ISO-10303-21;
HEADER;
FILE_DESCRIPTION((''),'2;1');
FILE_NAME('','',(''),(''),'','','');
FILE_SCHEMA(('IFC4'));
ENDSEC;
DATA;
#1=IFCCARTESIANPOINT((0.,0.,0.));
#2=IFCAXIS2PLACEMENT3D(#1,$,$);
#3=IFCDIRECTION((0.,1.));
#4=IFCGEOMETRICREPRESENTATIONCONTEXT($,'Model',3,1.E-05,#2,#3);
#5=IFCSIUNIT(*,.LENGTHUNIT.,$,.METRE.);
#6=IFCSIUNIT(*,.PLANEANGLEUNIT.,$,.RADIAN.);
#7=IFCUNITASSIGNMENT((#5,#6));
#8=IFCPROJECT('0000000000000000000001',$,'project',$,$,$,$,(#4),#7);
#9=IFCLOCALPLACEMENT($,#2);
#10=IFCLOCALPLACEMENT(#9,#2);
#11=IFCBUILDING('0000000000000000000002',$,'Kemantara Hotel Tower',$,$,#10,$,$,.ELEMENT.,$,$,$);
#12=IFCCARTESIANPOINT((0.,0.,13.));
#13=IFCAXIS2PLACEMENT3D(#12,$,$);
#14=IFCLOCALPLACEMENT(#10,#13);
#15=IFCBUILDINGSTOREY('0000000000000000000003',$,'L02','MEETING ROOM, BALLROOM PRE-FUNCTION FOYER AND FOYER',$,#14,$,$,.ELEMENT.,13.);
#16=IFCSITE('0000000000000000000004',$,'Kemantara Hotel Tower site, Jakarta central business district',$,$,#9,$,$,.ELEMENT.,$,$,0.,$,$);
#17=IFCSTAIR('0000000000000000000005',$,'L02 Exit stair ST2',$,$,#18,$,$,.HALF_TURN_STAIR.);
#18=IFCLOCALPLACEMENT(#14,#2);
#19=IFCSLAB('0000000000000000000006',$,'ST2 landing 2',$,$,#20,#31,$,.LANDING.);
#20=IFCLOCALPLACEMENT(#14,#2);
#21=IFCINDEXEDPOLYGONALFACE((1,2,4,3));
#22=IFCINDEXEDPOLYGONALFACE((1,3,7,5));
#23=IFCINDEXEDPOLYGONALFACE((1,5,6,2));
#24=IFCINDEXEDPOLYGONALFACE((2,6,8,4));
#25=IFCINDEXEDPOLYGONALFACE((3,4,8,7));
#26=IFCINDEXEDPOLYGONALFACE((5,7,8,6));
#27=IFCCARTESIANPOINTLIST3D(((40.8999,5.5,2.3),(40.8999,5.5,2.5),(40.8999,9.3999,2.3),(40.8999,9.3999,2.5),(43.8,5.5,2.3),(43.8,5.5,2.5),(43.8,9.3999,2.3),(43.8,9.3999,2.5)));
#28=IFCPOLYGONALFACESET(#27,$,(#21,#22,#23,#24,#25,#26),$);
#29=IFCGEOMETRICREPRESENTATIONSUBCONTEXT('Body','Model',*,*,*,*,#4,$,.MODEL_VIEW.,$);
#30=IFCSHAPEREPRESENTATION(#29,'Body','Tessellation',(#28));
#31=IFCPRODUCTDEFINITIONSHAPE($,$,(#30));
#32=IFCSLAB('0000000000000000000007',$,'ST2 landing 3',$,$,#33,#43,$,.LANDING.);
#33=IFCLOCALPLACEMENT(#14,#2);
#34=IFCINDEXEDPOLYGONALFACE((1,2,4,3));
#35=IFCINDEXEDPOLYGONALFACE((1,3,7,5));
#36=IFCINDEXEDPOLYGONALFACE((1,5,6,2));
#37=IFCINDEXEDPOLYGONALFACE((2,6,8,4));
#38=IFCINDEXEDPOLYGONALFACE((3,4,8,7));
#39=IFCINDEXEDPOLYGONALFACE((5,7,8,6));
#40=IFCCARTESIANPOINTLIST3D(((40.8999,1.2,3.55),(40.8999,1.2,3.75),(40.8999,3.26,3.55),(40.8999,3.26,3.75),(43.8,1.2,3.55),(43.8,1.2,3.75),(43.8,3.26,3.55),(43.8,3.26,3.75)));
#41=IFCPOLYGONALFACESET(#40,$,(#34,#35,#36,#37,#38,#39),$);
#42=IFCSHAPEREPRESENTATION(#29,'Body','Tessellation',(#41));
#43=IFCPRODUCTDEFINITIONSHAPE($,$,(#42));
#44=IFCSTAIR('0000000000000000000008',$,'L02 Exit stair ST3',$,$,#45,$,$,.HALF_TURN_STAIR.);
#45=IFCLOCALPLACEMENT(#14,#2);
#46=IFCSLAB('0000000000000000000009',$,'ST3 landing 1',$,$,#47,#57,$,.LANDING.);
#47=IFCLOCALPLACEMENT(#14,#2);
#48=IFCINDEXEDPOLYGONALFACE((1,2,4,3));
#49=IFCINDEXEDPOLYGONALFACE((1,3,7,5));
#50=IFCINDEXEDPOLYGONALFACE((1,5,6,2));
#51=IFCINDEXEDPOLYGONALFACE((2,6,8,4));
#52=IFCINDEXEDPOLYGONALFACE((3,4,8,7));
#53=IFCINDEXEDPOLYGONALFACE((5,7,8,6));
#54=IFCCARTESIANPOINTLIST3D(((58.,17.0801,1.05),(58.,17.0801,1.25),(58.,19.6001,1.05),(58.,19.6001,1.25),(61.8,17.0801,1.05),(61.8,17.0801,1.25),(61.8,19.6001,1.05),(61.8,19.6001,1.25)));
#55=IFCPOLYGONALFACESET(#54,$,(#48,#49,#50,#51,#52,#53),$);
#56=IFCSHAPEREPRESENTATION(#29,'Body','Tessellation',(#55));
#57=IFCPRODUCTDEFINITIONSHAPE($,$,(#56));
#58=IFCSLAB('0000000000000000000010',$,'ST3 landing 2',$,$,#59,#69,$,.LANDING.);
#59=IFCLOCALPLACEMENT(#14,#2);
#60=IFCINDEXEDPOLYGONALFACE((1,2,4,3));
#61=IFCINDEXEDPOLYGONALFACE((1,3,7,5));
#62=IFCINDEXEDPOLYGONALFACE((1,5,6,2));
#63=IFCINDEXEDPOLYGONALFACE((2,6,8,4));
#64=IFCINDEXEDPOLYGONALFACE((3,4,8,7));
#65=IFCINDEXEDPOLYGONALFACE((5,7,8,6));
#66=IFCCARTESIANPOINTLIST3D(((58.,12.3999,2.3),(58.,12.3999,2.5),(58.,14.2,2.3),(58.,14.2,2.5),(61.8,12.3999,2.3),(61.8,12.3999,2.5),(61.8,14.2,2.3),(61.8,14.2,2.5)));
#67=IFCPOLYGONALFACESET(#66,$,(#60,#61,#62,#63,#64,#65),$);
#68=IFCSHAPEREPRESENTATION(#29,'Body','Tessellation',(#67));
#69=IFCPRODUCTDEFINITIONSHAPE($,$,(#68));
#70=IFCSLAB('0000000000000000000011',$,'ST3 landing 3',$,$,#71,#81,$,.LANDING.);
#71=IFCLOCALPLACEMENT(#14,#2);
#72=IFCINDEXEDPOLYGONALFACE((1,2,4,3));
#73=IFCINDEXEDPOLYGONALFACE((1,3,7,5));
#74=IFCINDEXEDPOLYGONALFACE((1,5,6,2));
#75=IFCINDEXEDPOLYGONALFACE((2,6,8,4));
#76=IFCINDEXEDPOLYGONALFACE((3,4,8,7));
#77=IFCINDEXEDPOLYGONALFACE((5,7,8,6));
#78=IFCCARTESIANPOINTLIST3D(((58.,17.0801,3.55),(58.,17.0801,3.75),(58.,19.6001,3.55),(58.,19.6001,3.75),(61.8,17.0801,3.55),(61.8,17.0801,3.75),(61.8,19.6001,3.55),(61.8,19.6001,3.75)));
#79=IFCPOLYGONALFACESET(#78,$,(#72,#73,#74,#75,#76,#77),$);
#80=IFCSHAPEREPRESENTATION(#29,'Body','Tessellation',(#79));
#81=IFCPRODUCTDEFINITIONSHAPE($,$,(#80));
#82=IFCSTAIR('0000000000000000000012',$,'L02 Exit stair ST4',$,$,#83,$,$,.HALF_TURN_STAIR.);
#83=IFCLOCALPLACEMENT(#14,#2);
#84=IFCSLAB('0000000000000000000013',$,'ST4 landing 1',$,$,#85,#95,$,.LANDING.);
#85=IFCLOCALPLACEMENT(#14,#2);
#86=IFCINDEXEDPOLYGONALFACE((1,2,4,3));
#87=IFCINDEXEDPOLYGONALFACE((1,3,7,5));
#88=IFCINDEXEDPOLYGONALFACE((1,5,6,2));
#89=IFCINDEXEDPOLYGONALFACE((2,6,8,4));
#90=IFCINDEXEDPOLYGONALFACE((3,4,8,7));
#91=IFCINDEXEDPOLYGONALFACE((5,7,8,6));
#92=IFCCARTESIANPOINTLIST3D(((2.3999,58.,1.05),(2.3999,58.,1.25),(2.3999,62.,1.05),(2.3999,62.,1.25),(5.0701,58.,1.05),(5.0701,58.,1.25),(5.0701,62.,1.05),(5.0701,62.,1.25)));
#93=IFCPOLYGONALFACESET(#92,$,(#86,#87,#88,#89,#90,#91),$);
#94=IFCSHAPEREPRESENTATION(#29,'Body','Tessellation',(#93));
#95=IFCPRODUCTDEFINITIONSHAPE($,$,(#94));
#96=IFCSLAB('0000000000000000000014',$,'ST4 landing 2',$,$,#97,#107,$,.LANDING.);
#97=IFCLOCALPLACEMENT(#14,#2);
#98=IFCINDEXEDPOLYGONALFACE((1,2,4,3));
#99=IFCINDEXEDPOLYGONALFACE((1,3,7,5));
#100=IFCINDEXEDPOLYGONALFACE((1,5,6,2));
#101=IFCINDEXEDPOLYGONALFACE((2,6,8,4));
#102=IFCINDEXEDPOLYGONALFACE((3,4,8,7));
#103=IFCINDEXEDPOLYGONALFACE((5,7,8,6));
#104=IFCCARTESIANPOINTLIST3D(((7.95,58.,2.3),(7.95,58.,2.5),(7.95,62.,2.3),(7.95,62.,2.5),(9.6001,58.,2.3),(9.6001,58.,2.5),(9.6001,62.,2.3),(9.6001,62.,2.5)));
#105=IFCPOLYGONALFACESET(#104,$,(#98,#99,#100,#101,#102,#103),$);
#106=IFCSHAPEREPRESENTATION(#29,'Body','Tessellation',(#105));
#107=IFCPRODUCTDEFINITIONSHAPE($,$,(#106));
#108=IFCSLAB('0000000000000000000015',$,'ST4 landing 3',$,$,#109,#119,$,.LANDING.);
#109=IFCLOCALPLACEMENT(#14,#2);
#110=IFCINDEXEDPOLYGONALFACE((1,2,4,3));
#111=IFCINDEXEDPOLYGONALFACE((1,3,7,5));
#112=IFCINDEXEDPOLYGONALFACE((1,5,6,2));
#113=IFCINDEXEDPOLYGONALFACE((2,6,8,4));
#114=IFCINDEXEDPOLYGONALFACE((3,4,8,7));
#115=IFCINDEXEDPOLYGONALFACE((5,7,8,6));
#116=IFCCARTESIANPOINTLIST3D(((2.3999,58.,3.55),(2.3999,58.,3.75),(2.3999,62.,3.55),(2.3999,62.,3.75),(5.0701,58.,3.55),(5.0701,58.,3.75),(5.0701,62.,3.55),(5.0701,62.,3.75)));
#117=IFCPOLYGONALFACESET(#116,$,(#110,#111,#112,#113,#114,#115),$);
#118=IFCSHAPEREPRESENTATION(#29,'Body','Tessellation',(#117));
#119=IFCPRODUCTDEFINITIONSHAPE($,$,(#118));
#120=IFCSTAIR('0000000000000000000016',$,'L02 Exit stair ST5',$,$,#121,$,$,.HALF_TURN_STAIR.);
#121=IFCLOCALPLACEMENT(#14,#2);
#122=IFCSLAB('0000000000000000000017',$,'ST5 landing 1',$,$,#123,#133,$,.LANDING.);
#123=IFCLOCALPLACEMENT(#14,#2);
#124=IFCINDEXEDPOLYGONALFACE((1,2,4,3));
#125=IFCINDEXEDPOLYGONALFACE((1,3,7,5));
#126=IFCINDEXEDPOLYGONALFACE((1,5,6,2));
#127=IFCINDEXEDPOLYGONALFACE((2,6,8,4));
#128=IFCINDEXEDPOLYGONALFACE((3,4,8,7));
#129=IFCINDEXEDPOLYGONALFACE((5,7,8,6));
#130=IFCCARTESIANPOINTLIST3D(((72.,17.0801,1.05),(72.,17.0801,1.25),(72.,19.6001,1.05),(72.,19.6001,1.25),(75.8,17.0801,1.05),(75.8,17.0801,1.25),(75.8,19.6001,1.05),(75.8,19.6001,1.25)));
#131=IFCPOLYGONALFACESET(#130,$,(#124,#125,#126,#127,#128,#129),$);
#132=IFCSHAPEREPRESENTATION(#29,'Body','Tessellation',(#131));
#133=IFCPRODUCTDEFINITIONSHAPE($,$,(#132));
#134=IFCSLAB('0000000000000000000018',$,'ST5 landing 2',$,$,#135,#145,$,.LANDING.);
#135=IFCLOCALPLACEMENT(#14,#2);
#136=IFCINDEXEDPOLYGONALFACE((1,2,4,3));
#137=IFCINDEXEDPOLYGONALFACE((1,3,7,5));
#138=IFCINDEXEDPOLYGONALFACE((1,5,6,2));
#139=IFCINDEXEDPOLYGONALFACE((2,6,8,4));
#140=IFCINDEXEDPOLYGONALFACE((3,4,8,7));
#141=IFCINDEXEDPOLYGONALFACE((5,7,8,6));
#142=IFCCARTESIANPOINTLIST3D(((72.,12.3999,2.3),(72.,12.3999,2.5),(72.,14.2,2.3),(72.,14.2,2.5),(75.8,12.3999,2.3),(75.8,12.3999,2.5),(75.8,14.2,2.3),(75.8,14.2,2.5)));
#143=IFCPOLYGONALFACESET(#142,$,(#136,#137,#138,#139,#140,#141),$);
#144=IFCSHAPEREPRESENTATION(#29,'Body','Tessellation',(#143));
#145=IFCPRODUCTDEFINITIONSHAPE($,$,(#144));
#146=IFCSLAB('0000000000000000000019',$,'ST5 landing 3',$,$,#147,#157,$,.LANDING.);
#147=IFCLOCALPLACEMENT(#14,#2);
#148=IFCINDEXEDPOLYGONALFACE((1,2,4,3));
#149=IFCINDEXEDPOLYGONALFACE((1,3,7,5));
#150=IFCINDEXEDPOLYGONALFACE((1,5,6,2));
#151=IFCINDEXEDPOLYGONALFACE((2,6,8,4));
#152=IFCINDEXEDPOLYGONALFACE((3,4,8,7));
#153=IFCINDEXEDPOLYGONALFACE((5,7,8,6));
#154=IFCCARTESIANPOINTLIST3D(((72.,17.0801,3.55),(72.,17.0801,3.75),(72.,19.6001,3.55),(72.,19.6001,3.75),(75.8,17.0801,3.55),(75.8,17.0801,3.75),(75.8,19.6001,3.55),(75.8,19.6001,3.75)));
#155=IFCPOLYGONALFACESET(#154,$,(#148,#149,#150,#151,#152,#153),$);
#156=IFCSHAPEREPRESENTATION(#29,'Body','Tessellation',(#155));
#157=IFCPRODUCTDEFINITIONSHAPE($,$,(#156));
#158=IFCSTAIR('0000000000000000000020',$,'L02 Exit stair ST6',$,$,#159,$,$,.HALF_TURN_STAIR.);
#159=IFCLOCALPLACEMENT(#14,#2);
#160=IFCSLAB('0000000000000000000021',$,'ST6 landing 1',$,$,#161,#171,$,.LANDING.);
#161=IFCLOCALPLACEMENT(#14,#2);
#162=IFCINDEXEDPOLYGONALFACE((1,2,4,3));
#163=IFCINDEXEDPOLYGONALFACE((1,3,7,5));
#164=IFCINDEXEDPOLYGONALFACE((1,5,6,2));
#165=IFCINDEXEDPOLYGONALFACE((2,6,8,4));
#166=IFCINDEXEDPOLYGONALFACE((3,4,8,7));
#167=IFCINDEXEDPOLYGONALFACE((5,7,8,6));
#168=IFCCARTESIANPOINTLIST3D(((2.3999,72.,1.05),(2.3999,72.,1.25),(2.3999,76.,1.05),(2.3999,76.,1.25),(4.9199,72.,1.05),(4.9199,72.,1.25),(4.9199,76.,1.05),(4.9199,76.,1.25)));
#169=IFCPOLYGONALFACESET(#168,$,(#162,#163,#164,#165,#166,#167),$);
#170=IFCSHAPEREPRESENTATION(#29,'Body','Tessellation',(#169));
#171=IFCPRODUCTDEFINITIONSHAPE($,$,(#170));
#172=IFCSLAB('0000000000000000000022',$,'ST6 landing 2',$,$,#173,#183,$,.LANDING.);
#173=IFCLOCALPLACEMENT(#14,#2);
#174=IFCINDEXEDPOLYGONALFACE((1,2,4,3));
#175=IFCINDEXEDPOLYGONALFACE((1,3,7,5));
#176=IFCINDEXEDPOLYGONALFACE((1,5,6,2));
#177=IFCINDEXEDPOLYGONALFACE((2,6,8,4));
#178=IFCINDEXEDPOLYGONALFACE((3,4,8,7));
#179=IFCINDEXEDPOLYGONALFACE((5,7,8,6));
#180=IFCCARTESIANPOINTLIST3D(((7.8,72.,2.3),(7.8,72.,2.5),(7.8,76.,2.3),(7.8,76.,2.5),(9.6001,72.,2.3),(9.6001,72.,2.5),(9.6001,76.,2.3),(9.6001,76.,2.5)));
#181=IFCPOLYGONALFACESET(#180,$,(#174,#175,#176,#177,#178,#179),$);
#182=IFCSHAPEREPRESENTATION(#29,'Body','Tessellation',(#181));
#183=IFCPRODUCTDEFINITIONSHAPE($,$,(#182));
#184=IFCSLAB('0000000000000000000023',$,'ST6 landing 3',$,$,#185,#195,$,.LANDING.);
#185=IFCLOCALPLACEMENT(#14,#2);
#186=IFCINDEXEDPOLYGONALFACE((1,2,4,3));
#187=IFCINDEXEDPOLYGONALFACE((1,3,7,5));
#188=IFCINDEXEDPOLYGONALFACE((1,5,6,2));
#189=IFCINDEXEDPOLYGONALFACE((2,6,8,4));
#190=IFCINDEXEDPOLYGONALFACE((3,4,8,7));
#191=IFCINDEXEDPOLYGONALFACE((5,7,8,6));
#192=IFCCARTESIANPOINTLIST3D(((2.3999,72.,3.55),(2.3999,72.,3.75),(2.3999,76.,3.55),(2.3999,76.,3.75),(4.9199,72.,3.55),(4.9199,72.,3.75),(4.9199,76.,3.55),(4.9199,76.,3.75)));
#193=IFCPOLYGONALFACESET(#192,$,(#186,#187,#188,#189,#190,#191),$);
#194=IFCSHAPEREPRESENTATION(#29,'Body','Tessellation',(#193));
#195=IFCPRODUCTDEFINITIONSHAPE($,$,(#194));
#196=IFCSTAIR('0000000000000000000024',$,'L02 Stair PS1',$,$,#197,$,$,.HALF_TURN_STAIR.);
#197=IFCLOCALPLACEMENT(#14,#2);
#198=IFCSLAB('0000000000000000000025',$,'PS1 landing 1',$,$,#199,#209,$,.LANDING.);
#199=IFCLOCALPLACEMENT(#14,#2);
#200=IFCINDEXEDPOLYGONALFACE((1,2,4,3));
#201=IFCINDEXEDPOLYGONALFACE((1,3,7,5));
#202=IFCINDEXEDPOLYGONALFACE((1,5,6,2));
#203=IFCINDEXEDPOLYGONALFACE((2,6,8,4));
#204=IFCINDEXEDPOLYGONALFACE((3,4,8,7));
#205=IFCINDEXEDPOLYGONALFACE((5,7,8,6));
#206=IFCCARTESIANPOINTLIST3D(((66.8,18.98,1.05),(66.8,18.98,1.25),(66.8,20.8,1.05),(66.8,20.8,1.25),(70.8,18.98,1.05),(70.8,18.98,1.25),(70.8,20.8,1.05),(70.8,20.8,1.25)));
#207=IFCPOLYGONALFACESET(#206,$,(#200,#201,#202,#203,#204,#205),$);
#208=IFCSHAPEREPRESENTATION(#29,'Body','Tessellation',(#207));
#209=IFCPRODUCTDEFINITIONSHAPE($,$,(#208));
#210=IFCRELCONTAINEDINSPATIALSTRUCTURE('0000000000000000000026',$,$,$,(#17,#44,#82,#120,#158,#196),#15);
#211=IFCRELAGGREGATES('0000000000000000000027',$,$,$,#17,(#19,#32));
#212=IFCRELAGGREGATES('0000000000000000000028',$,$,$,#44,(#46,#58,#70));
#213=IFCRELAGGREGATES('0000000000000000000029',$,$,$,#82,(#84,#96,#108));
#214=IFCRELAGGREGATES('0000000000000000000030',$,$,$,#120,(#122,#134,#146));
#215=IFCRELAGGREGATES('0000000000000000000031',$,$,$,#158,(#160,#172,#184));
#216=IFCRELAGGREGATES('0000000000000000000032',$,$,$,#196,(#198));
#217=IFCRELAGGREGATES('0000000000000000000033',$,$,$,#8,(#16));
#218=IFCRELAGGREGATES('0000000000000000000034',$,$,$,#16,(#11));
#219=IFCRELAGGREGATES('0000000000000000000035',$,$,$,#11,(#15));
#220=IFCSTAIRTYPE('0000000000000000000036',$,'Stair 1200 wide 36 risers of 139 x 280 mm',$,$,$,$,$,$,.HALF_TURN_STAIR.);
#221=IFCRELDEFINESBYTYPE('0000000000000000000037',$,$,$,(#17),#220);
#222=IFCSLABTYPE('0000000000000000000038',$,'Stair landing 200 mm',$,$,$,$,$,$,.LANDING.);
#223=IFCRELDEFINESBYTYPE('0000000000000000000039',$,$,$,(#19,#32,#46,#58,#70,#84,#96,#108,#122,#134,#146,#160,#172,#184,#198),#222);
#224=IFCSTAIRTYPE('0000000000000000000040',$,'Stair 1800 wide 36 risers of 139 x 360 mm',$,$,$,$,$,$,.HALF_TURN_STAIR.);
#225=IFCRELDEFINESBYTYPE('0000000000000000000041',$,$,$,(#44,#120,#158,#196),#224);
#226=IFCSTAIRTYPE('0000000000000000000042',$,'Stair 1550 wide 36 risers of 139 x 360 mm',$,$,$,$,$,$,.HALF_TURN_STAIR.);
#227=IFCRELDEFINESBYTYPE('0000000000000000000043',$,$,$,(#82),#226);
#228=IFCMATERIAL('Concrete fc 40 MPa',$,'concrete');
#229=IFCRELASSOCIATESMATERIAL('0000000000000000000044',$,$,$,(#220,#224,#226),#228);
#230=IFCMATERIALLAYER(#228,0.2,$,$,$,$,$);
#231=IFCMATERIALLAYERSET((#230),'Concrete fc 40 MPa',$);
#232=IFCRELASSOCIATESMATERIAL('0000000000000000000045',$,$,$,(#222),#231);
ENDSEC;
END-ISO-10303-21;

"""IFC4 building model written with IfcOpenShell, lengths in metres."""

from ifc_helpers import new_model, si_unit, direction, frame, origin, place, context, subcontext, project, spatial, polyline, outline, extrude, material, layer, layer_set, type_object, element, aggregate, save


model = new_model("IFC4")

# Units and contexts
model_context = context("Model", 3, precision=1e-05, world=origin(), true_north=direction((0.0, 1.0)))
body_context = subcontext(model_context, "Body", "Model", "MODEL_VIEW")
ifc_project = project(units=[si_unit("LENGTHUNIT", "METRE"), si_unit("PLANEANGLEUNIT", "RADIAN")], contexts=[model_context])

# Site, building, storey
site_placement = place(None, origin())
site = spatial("IfcSite", under=ifc_project, at=site_placement, Name="Kemantara Hotel Tower site, Jakarta central business district", CompositionType="ELEMENT", RefElevation=0.0)
building_placement = place(site_placement, origin())
building = spatial("IfcBuilding", under=site, at=building_placement, Name="Kemantara Hotel Tower", CompositionType="ELEMENT")
storey_placement = place(building_placement, frame((0.0, 0.0, 13.0)))
storey = spatial("IfcBuildingStorey", under=building, at=storey_placement, Name="L02", Description="MEETING ROOM, BALLROOM PRE-FUNCTION FOYER AND FOYER", CompositionType="ELEMENT", Elevation=13.0)

# Shared definitions
ifc_material = material(Name="Concrete fc 40 MPa", Category="concrete")

# Stairs, slabs
stair_type_1 = type_object("IfcStairType", Name="Stair 1200 wide 36 risers of 139 x 280 mm", PredefinedType="HALF_TURN_STAIR", material=ifc_material)
ifc_layer_1 = layer(ifc_material, 0.2)
ifc_layer_set_1 = layer_set([ifc_layer_1], Name="Concrete fc 40 MPa")
slab_type_1 = type_object("IfcSlabType", Name="Stair landing 200 mm", PredefinedType="LANDING", material=ifc_layer_set_1)
stair_1_placement = place(storey_placement, origin())
stair_1 = element("IfcStair", 1, at=stair_1_placement, inside=storey, type_object=stair_type_1, Name="L02 Exit stair ST2", PredefinedType="HALF_TURN_STAIR")
slab_1_placement = place(storey_placement, frame((0.0, 0.0, 2.3)))
slab_1 = element("IfcSlab", 2, at=slab_1_placement, type_object=slab_type_1, Name="ST2 landing 2", PredefinedType="LANDING", context=body_context, shape_type="SweptSolid", body=[
    extrude(outline(polyline([(40.8999, 9.3999), (40.8999, 5.5), (43.8, 5.5), (43.8, 9.3999), (40.8999, 9.3999)])), origin(), (0.0, 0.0, 1.0), 0.2),
])
slab_2_placement = place(storey_placement, frame((0.0, 0.0, 3.55)))
slab_2 = element("IfcSlab", 3, at=slab_2_placement, type_object=slab_type_1, Name="ST2 landing 3", PredefinedType="LANDING", context=body_context, shape_type="SweptSolid", body=[
    extrude(outline(polyline([(40.8999, 3.26), (40.8999, 1.2), (43.8, 1.2), (43.8, 3.26), (40.8999, 3.26)])), origin(), (0.0, 0.0, 1.0), 0.2),
])
aggregate(stair_1, [slab_1, slab_2])
stair_type_2 = type_object("IfcStairType", Name="Stair 1800 wide 36 risers of 139 x 360 mm", PredefinedType="HALF_TURN_STAIR", material=ifc_material)
stair_2_placement = place(storey_placement, origin())
stair_2 = element("IfcStair", 4, at=stair_2_placement, inside=storey, type_object=stair_type_2, Name="L02 Exit stair ST3", PredefinedType="HALF_TURN_STAIR")
slab_3_placement = place(storey_placement, frame((0.0, 0.0, 1.05)))
slab_3 = element("IfcSlab", 5, at=slab_3_placement, type_object=slab_type_1, Name="ST3 landing 1", PredefinedType="LANDING", context=body_context, shape_type="SweptSolid", body=[
    extrude(outline(polyline([(61.8, 17.0801), (61.8, 19.6001), (58.0, 19.6001), (58.0, 17.0801), (61.8, 17.0801)])), origin(), (0.0, 0.0, 1.0), 0.2),
])
slab_4_placement = place(storey_placement, frame((0.0, 0.0, 2.3)))
slab_4 = element("IfcSlab", 6, at=slab_4_placement, type_object=slab_type_1, Name="ST3 landing 2", PredefinedType="LANDING", context=body_context, shape_type="SweptSolid", body=[
    extrude(outline(polyline([(61.8, 12.3999), (61.8, 14.2), (58.0, 14.2), (58.0, 12.3999), (61.8, 12.3999)])), origin(), (0.0, 0.0, 1.0), 0.2),
])
slab_5_placement = place(storey_placement, frame((0.0, 0.0, 3.55)))
slab_5 = element("IfcSlab", 7, at=slab_5_placement, type_object=slab_type_1, Name="ST3 landing 3", PredefinedType="LANDING", context=body_context, shape_type="SweptSolid", body=[
    extrude(outline(polyline([(61.8, 17.0801), (61.8, 19.6001), (58.0, 19.6001), (58.0, 17.0801), (61.8, 17.0801)])), origin(), (0.0, 0.0, 1.0), 0.2),
])
aggregate(stair_2, [slab_3, slab_4, slab_5])
stair_type_3 = type_object("IfcStairType", Name="Stair 1550 wide 36 risers of 139 x 360 mm", PredefinedType="HALF_TURN_STAIR", material=ifc_material)
stair_3_placement = place(storey_placement, origin())
stair_3 = element("IfcStair", 8, at=stair_3_placement, inside=storey, type_object=stair_type_3, Name="L02 Exit stair ST4", PredefinedType="HALF_TURN_STAIR")
slab_6_placement = place(storey_placement, frame((0.0, 0.0, 1.05)))
slab_6 = element("IfcSlab", 9, at=slab_6_placement, type_object=slab_type_1, Name="ST4 landing 1", PredefinedType="LANDING", context=body_context, shape_type="SweptSolid", body=[
    extrude(outline(polyline([(5.0701, 62.0), (2.3999, 62.0), (2.3999, 58.0), (5.0701, 58.0), (5.0701, 62.0)])), origin(), (0.0, 0.0, 1.0), 0.2),
])
slab_7_placement = place(storey_placement, frame((0.0, 0.0, 2.3)))
slab_7 = element("IfcSlab", 10, at=slab_7_placement, type_object=slab_type_1, Name="ST4 landing 2", PredefinedType="LANDING", context=body_context, shape_type="SweptSolid", body=[
    extrude(outline(polyline([(9.6001, 62.0), (7.95, 62.0), (7.95, 58.0), (9.6001, 58.0), (9.6001, 62.0)])), origin(), (0.0, 0.0, 1.0), 0.2),
])
slab_8_placement = place(storey_placement, frame((0.0, 0.0, 3.55)))
slab_8 = element("IfcSlab", 11, at=slab_8_placement, type_object=slab_type_1, Name="ST4 landing 3", PredefinedType="LANDING", context=body_context, shape_type="SweptSolid", body=[
    extrude(outline(polyline([(5.0701, 62.0), (2.3999, 62.0), (2.3999, 58.0), (5.0701, 58.0), (5.0701, 62.0)])), origin(), (0.0, 0.0, 1.0), 0.2),
])
aggregate(stair_3, [slab_6, slab_7, slab_8])
stair_4_placement = place(storey_placement, origin())
stair_4 = element("IfcStair", 12, at=stair_4_placement, inside=storey, type_object=stair_type_2, Name="L02 Exit stair ST5", PredefinedType="HALF_TURN_STAIR")
slab_9_placement = place(storey_placement, frame((0.0, 0.0, 1.05)))
slab_9 = element("IfcSlab", 13, at=slab_9_placement, type_object=slab_type_1, Name="ST5 landing 1", PredefinedType="LANDING", context=body_context, shape_type="SweptSolid", body=[
    extrude(outline(polyline([(75.8, 17.0801), (75.8, 19.6001), (72.0, 19.6001), (72.0, 17.0801), (75.8, 17.0801)])), origin(), (0.0, 0.0, 1.0), 0.2),
])
slab_10_placement = place(storey_placement, frame((0.0, 0.0, 2.3)))
slab_10 = element("IfcSlab", 14, at=slab_10_placement, type_object=slab_type_1, Name="ST5 landing 2", PredefinedType="LANDING", context=body_context, shape_type="SweptSolid", body=[
    extrude(outline(polyline([(75.8, 12.3999), (75.8, 14.2), (72.0, 14.2), (72.0, 12.3999), (75.8, 12.3999)])), origin(), (0.0, 0.0, 1.0), 0.2),
])
slab_11_placement = place(storey_placement, frame((0.0, 0.0, 3.55)))
slab_11 = element("IfcSlab", 15, at=slab_11_placement, type_object=slab_type_1, Name="ST5 landing 3", PredefinedType="LANDING", context=body_context, shape_type="SweptSolid", body=[
    extrude(outline(polyline([(75.8, 17.0801), (75.8, 19.6001), (72.0, 19.6001), (72.0, 17.0801), (75.8, 17.0801)])), origin(), (0.0, 0.0, 1.0), 0.2),
])
aggregate(stair_4, [slab_9, slab_10, slab_11])
stair_5_placement = place(storey_placement, origin())
stair_5 = element("IfcStair", 16, at=stair_5_placement, inside=storey, type_object=stair_type_2, Name="L02 Exit stair ST6", PredefinedType="HALF_TURN_STAIR")
slab_12_placement = place(storey_placement, frame((0.0, 0.0, 1.05)))
slab_12 = element("IfcSlab", 17, at=slab_12_placement, type_object=slab_type_1, Name="ST6 landing 1", PredefinedType="LANDING", context=body_context, shape_type="SweptSolid", body=[
    extrude(outline(polyline([(4.9199, 76.0), (2.3999, 76.0), (2.3999, 72.0), (4.9199, 72.0), (4.9199, 76.0)])), origin(), (0.0, 0.0, 1.0), 0.2),
])
slab_13_placement = place(storey_placement, frame((0.0, 0.0, 2.3)))
slab_13 = element("IfcSlab", 18, at=slab_13_placement, type_object=slab_type_1, Name="ST6 landing 2", PredefinedType="LANDING", context=body_context, shape_type="SweptSolid", body=[
    extrude(outline(polyline([(9.6001, 76.0), (7.8, 76.0), (7.8, 72.0), (9.6001, 72.0), (9.6001, 76.0)])), origin(), (0.0, 0.0, 1.0), 0.2),
])
slab_14_placement = place(storey_placement, frame((0.0, 0.0, 3.55)))
slab_14 = element("IfcSlab", 19, at=slab_14_placement, type_object=slab_type_1, Name="ST6 landing 3", PredefinedType="LANDING", context=body_context, shape_type="SweptSolid", body=[
    extrude(outline(polyline([(4.9199, 76.0), (2.3999, 76.0), (2.3999, 72.0), (4.9199, 72.0), (4.9199, 76.0)])), origin(), (0.0, 0.0, 1.0), 0.2),
])
aggregate(stair_5, [slab_12, slab_13, slab_14])
stair_6_placement = place(storey_placement, origin())
stair_6 = element("IfcStair", 20, at=stair_6_placement, inside=storey, type_object=stair_type_2, Name="L02 Stair PS1", PredefinedType="HALF_TURN_STAIR")
slab_15_placement = place(storey_placement, frame((0.0, 0.0, 1.05)))
slab_15 = element("IfcSlab", 21, at=slab_15_placement, type_object=slab_type_1, Name="PS1 landing 1", PredefinedType="LANDING", context=body_context, shape_type="SweptSolid", body=[
    extrude(outline(polyline([(70.8, 18.98), (70.8, 20.8), (66.8, 20.8), (66.8, 18.98), (70.8, 18.98)])), origin(), (0.0, 0.0, 1.0), 0.2),
])
aggregate(stair_6, [slab_15])

save(model, "model.ifc")
